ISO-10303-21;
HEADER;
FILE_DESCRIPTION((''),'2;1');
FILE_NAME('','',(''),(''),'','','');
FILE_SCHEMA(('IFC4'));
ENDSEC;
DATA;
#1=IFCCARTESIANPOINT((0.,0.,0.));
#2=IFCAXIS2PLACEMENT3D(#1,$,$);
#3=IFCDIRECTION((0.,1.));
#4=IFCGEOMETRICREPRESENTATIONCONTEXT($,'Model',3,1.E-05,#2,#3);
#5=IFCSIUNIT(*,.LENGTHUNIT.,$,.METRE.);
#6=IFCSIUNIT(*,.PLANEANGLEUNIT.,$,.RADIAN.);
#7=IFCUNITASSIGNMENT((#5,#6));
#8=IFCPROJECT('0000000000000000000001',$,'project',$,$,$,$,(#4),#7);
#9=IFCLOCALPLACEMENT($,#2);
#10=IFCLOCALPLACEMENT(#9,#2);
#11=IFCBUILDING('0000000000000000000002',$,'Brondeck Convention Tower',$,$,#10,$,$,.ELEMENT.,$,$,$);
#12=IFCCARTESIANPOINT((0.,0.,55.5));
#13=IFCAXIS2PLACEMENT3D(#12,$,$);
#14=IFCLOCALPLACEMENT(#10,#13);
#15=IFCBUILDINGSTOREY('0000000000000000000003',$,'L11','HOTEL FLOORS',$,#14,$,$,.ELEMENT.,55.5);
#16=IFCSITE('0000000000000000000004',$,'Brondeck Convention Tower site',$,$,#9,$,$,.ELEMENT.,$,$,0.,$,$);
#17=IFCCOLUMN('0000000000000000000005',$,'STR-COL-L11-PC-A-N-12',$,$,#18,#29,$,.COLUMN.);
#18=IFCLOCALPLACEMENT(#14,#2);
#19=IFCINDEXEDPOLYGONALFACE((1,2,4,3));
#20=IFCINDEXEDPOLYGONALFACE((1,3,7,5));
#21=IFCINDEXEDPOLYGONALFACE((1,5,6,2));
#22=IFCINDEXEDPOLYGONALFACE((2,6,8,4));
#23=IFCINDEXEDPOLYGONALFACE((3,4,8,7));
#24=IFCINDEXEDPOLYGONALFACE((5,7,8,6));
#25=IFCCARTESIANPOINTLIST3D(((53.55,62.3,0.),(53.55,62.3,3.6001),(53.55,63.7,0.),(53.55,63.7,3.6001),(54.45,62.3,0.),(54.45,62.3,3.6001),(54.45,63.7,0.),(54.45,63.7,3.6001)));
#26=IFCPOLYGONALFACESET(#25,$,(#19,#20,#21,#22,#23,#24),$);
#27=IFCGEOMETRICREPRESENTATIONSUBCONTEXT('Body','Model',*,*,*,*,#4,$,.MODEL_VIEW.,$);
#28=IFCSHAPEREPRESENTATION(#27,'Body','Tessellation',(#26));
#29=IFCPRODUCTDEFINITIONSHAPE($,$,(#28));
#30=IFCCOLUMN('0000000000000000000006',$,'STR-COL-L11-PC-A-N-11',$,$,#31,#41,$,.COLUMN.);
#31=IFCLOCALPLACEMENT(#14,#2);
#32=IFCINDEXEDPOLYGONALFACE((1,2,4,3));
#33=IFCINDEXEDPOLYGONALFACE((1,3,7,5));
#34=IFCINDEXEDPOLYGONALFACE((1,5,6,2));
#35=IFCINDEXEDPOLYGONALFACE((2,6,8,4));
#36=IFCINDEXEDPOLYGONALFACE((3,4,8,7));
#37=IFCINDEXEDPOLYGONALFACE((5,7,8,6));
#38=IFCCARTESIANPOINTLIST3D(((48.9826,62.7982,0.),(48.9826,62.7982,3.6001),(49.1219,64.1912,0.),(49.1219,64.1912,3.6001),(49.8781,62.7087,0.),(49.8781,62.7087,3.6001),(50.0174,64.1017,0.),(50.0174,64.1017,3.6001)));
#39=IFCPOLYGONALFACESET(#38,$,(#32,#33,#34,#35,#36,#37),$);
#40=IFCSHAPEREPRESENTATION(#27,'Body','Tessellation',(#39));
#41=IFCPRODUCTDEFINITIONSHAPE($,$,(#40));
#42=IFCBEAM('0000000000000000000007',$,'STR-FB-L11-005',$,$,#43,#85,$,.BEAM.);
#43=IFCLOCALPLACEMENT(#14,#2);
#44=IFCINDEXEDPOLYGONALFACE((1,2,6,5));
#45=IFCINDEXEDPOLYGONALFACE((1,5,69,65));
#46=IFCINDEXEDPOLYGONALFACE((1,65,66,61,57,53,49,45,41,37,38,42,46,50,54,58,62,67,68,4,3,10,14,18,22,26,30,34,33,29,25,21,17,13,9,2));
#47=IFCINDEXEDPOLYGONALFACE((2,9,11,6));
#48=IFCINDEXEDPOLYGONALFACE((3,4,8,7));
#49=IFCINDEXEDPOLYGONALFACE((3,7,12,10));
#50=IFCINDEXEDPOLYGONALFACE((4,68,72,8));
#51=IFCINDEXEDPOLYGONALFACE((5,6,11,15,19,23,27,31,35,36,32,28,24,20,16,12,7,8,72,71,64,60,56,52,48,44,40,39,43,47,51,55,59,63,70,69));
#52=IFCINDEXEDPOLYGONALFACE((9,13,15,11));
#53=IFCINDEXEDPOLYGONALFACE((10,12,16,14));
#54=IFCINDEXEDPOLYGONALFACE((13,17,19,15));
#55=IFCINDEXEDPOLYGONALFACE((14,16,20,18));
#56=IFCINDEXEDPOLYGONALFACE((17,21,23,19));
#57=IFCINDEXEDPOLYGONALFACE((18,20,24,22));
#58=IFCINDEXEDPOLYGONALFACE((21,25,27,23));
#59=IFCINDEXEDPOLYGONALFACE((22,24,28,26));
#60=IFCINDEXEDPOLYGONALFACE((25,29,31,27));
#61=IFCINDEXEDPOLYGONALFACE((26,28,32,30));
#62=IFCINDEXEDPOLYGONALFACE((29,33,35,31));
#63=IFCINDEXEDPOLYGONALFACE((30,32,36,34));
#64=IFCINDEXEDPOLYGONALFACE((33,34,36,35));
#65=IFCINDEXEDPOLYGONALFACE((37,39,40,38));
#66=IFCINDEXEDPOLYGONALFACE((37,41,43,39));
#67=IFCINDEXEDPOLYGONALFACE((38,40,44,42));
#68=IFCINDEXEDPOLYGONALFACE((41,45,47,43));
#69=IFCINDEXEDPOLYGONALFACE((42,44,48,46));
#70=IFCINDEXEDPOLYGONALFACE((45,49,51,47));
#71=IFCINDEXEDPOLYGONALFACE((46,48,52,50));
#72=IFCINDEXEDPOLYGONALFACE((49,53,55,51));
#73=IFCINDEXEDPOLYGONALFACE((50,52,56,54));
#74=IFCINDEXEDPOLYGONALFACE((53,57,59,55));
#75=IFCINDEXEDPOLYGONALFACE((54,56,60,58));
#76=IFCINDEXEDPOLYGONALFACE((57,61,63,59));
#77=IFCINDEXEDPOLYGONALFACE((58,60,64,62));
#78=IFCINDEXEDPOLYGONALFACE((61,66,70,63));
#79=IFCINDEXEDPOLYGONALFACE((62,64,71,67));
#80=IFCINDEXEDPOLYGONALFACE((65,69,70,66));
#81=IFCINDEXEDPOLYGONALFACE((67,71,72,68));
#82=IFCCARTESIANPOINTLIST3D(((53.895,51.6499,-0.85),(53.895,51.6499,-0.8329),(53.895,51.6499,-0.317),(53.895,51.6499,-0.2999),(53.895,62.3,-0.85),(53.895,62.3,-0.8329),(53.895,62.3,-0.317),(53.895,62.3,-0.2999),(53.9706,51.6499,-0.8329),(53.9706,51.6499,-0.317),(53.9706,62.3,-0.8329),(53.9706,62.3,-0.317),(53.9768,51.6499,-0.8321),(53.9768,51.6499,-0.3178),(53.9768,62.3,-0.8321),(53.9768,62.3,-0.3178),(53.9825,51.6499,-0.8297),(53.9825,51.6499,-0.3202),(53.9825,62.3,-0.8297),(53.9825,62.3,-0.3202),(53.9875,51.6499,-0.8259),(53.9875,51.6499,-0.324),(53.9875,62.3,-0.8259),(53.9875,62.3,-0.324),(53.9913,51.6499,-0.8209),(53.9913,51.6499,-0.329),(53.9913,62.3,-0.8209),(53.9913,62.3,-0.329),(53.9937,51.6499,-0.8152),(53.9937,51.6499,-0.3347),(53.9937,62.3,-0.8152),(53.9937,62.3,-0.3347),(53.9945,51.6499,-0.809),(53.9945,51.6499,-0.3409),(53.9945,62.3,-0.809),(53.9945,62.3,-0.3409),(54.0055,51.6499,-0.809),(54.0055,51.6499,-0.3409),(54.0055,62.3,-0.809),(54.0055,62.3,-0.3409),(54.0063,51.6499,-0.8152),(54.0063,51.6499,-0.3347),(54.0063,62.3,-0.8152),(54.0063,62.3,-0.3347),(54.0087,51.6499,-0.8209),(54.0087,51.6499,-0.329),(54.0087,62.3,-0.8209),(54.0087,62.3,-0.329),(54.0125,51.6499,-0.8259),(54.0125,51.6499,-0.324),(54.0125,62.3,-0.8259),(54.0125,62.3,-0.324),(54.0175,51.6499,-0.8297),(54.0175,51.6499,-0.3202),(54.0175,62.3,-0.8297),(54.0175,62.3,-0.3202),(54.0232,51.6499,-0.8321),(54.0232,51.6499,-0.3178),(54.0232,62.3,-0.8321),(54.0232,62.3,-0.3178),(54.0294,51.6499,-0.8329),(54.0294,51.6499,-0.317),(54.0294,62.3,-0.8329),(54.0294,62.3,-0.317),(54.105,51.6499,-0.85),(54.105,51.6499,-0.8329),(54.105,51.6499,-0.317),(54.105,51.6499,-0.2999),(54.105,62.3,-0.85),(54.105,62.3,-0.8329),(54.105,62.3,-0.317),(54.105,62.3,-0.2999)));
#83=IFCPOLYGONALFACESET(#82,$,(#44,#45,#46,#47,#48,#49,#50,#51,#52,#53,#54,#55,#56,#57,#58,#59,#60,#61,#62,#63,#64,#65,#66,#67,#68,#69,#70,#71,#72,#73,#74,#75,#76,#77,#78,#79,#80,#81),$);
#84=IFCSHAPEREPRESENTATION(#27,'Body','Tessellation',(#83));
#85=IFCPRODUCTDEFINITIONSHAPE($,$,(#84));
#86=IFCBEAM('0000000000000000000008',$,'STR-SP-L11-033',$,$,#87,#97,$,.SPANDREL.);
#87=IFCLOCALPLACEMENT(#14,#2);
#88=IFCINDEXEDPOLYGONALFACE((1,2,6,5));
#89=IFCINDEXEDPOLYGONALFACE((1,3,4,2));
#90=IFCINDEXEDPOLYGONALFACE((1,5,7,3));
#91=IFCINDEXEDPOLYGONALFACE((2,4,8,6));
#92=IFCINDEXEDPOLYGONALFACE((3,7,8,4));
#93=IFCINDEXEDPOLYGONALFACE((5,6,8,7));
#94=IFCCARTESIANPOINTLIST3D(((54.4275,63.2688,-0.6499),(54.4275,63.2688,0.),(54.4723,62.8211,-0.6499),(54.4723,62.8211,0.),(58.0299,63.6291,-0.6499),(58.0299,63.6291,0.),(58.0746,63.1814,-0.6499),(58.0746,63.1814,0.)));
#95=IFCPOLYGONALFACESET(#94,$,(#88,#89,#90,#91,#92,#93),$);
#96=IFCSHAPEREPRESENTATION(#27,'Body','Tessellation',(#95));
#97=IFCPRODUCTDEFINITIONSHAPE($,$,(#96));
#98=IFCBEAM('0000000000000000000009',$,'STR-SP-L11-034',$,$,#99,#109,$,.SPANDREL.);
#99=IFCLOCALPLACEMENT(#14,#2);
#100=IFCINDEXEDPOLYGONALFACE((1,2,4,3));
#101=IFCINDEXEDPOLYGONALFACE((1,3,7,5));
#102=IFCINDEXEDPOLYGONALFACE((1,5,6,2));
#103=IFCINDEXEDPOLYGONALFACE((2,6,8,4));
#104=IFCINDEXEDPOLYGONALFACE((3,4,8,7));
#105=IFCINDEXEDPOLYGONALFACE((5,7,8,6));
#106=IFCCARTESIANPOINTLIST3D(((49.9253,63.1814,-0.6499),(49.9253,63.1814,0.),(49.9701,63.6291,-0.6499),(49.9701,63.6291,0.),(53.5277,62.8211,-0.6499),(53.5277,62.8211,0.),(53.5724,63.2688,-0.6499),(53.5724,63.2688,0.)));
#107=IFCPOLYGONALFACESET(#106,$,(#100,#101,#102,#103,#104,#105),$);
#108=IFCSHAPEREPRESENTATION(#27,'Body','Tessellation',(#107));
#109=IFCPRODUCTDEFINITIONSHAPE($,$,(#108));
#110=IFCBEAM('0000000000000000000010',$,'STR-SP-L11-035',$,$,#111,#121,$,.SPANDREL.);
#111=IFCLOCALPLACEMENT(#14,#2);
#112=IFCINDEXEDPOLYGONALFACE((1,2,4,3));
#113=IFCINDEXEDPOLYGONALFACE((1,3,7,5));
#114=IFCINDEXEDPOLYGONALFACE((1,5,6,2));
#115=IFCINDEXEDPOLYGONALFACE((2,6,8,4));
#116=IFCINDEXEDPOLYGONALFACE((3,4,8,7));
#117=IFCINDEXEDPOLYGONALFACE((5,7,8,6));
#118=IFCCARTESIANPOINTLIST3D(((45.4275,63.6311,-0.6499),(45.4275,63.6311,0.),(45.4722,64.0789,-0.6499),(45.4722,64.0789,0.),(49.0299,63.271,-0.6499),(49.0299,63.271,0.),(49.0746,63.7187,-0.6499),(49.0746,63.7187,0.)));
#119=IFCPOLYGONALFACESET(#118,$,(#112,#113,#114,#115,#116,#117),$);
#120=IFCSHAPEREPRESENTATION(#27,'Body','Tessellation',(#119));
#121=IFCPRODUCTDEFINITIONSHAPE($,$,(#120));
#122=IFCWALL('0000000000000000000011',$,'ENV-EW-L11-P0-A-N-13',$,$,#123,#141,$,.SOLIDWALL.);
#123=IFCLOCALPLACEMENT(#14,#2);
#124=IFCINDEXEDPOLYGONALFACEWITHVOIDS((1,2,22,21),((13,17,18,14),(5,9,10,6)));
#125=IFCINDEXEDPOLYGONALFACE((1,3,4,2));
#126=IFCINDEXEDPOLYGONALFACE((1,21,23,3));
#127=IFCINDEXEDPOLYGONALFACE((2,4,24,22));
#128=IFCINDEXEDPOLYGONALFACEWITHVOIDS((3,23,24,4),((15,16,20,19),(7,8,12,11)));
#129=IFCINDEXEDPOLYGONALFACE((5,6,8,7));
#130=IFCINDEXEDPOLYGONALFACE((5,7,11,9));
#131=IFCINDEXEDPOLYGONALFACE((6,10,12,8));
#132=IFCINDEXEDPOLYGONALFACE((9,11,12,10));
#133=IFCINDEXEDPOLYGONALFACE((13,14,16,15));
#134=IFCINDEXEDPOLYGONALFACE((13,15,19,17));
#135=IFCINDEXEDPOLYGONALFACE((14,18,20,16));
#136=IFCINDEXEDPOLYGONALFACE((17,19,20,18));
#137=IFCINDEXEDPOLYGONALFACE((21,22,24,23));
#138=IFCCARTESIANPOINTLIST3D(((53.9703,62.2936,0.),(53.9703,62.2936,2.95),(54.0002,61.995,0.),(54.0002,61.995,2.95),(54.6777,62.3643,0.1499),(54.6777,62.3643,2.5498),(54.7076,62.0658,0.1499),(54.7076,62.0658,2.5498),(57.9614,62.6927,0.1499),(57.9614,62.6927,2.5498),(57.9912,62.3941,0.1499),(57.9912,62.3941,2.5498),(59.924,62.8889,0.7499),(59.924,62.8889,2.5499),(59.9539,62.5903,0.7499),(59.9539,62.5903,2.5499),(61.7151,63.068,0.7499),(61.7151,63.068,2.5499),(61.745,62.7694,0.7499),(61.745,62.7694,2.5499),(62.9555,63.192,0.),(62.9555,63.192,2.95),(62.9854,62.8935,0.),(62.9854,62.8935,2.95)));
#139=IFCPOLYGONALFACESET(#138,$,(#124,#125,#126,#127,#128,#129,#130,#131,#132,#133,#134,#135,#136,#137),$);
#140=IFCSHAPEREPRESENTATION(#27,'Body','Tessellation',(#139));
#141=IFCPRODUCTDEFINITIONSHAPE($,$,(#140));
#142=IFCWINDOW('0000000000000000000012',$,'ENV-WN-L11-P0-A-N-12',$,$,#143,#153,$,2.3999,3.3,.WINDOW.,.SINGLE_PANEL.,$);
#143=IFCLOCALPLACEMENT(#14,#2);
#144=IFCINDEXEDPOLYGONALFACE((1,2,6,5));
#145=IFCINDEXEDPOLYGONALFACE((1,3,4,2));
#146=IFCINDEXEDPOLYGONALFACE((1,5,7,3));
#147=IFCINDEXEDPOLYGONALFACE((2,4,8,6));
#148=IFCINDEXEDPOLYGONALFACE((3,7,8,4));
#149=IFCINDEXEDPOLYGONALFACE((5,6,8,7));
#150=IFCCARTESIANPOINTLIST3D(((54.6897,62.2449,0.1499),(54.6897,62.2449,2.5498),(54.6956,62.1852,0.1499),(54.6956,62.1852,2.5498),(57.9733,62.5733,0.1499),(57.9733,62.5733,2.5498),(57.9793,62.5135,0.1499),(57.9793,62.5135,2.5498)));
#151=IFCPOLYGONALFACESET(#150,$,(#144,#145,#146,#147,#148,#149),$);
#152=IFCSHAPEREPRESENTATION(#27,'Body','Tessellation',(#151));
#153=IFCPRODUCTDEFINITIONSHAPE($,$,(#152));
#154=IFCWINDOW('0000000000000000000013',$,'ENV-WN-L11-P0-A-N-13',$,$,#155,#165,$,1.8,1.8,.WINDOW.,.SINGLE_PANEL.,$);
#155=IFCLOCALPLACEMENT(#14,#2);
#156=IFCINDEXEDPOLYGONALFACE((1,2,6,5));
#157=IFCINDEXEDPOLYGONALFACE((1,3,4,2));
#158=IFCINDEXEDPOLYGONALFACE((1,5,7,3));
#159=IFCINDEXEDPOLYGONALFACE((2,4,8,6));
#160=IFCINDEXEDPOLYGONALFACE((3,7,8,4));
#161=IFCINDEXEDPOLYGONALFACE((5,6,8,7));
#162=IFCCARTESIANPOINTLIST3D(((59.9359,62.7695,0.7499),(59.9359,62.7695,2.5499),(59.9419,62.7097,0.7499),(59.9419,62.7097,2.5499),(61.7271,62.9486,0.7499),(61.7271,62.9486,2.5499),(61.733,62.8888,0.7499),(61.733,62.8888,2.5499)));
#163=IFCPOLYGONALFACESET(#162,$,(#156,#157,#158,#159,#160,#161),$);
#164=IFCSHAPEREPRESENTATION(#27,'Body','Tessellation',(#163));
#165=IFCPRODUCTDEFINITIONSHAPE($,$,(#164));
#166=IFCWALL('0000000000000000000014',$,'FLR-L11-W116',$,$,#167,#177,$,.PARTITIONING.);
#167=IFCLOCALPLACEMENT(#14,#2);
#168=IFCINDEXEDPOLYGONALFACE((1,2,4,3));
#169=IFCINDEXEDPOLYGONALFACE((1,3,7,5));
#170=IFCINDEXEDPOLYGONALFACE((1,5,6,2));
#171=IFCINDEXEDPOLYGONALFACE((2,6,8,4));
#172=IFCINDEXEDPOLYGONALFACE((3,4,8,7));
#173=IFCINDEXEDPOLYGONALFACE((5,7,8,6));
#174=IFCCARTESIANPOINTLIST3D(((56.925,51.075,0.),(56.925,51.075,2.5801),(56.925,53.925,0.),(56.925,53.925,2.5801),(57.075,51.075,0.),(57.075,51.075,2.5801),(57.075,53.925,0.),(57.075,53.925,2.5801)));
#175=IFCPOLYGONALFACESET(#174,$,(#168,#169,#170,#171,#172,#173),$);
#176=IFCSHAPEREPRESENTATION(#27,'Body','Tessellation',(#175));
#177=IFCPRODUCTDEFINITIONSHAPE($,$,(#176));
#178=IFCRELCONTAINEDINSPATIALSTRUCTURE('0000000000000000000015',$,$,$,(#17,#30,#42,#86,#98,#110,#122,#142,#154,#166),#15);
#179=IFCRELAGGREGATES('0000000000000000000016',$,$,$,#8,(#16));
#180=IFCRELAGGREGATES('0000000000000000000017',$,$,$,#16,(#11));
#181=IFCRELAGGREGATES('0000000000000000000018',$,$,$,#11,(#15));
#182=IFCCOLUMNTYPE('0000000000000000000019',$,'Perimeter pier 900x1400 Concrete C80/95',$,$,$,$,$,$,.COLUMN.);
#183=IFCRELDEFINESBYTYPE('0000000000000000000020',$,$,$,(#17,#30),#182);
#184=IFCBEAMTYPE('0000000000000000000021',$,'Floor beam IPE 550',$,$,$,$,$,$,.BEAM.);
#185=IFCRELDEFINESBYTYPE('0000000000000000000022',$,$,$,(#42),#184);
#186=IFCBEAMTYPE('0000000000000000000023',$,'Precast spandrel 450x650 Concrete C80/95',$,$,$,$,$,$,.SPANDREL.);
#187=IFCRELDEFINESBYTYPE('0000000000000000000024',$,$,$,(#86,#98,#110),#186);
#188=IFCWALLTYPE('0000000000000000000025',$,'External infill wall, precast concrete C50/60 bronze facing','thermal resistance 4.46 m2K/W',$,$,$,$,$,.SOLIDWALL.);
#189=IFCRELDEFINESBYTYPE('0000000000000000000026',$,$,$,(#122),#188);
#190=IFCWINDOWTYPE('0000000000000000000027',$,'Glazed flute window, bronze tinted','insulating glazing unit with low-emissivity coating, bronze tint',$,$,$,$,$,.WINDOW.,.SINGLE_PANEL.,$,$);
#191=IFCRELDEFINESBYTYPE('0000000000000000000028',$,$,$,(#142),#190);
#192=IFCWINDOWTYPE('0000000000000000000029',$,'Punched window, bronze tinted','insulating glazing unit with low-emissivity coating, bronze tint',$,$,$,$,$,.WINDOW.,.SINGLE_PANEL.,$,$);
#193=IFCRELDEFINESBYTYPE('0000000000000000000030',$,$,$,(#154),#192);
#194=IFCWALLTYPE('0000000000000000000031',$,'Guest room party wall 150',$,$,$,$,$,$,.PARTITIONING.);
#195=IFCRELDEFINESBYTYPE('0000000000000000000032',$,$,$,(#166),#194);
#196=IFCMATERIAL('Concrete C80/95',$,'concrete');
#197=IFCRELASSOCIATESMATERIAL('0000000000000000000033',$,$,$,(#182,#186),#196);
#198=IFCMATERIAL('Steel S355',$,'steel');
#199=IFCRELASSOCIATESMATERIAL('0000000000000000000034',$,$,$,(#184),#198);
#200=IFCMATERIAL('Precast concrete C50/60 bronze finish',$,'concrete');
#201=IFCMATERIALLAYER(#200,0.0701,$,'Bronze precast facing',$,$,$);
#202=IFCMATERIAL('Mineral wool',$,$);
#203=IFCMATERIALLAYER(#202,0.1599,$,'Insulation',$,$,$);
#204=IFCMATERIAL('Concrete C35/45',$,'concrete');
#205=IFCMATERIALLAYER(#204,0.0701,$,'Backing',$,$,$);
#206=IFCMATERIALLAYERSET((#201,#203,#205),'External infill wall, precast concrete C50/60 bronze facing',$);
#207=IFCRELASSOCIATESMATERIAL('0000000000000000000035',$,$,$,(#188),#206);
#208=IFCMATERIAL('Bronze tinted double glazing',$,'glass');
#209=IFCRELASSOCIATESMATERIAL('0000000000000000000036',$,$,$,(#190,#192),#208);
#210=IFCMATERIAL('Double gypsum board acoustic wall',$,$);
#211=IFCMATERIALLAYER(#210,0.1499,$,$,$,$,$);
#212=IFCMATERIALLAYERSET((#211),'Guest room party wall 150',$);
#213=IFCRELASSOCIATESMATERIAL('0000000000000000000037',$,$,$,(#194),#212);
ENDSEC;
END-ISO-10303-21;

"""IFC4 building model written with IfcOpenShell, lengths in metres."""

from ifc_helpers import new_model, si_unit, direction, frame, frame_2d, origin, origin_2d, place, context, subcontext, project, spatial, rectangle, i_section, extrude, material, layer, layer_set, material_profile, profile_set, type_object, element, fill, save


model = new_model("IFC4")

# Units and contexts
model_context = context("Model", 3, precision=1e-05, world=origin(), true_north=direction((0.0, 1.0)))
body_context = subcontext(model_context, "Body", "Model", "MODEL_VIEW")
ifc_project = project(units=[si_unit("LENGTHUNIT", "METRE"), si_unit("PLANEANGLEUNIT", "RADIAN")], contexts=[model_context])

# Site, building, storey
site_placement = place(None, origin())
site = spatial("IfcSite", under=ifc_project, at=site_placement, Name="Brondeck Convention Tower site", CompositionType="ELEMENT", RefElevation=0.0)
building_placement = place(site_placement, origin())
building = spatial("IfcBuilding", under=site, at=building_placement, Name="Brondeck Convention Tower", CompositionType="ELEMENT")
storey_placement = place(building_placement, frame((0.0, 0.0, 55.5)))
storey = spatial("IfcBuildingStorey", under=building, at=storey_placement, Name="L11", Description="HOTEL FLOORS", CompositionType="ELEMENT", Elevation=55.5)

# Columns
ifc_material_1 = material(Name="Concrete C80/95", Category="concrete")
ifc_material_profile_1 = material_profile(ifc_material_1, rectangle(XDim=0.8999, YDim=1.3999, at=origin_2d()), Name="Perimeter pier 900x1400 Concrete C80/95")
ifc_profile_set_1 = profile_set([ifc_material_profile_1], Name="Concrete C80/95")
column_type = type_object("IfcColumnType", Name="Perimeter pier 900x1400 Concrete C80/95", PredefinedType="COLUMN", material=ifc_profile_set_1)
for number, where, z_axis, x_axis, name in (
    (1, (54.0, 63.0, 0.0), (0.0, 0.0, 1.0), (-1.0, 0.0, 0.0), "STR-COL-L11-PC-A-N-12"),
    (2, (49.5, 63.45, 0.0), (0.0, 0.0, 1.0), (-0.995037, 0.099504, 0.0), "STR-COL-L11-PC-A-N-11"),
):
    element("IfcColumn", number, at=place(storey_placement, frame(where, z_axis=z_axis, x_axis=x_axis)), inside=storey, type_object=column_type, Name=name, PredefinedType="COLUMN", context=body_context, shape_type="SweptSolid", body=[
        extrude(rectangle(XDim=0.8999, YDim=1.3999, at=origin_2d()), origin(), (0.0, 0.0, 1.0), 3.6001),
    ])

# Beams
ifc_material_2 = material(Name="Steel S355", Category="steel")
ifc_material_profile_2 = material_profile(ifc_material_2, i_section(OverallWidth=0.21, OverallDepth=0.55, WebThickness=0.011, FlangeThickness=0.0171, FilletRadius=0.0239, at=origin_2d()), Name="IPE 550")
ifc_profile_set_2 = profile_set([ifc_material_profile_2], Name="Steel S355")
beam_type_1 = type_object("IfcBeamType", Name="Floor beam IPE 550", PredefinedType="BEAM", material=ifc_profile_set_2)
beam_placement = place(storey_placement, frame((54.0, 51.6499, -0.575), z_axis=(0.0, 1.0, 0.0), x_axis=(-1.0, 0.0, 0.0)))
element("IfcBeam", 3, at=beam_placement, inside=storey, type_object=beam_type_1, Name="STR-FB-L11-005", PredefinedType="BEAM", context=body_context, shape_type="SweptSolid", body=[
    extrude(i_section(OverallWidth=0.21, OverallDepth=0.55, WebThickness=0.011, FlangeThickness=0.0171, FilletRadius=0.0239, at=origin_2d()), origin(), (0.0, 0.0, 1.0), 10.6501),
])
ifc_material_profile_3 = material_profile(ifc_material_1, rectangle(XDim=0.45, YDim=0.6499, at=origin_2d()), Name="Precast spandrel 450x650 Concrete C80/95")
ifc_profile_set_3 = profile_set([ifc_material_profile_3], Name="Concrete C80/95")
beam_type_2 = type_object("IfcBeamType", Name="Precast spandrel 450x650 Concrete C80/95", PredefinedType="SPANDREL", material=ifc_profile_set_3)
for number, where, z_axis, x_axis, name in (
    (4, (58.0522, 63.4053, -0.325), (-0.995034, -0.099537, 0.0), (0.099537, -0.995034, 0.0), "STR-SP-L11-033"),
    (5, (53.55, 63.0449, -0.325), (-0.995034, 0.099537, 0.0), (-0.099537, -0.995034, 0.0), "STR-SP-L11-034"),
    (6, (49.0522, 63.4949, -0.325), (-0.995041, 0.09947, 0.0), (-0.09947, -0.995041, 0.0), "STR-SP-L11-035"),
):
    element("IfcBeam", number, at=place(storey_placement, frame(where, z_axis=z_axis, x_axis=x_axis)), inside=storey, type_object=beam_type_2, Name=name, PredefinedType="SPANDREL", context=body_context, shape_type="SweptSolid", body=[
        extrude(rectangle(XDim=0.45, YDim=0.6499, at=origin_2d()), origin(), (0.0, 0.0, 1.0), 3.6204),
    ])

# Wall, openings, windows
ifc_material_3 = material(Name="Precast concrete C50/60 bronze finish", Category="concrete")
ifc_layer_1 = layer(ifc_material_3, 0.0701, Name="Bronze precast facing")
ifc_material_4 = material(Name="Mineral wool")
ifc_layer_2 = layer(ifc_material_4, 0.1599, Name="Insulation")
ifc_material_5 = material(Name="Concrete C35/45", Category="concrete")
ifc_layer_3 = layer(ifc_material_5, 0.0701, Name="Backing")
ifc_layer_set_1 = layer_set([ifc_layer_1, ifc_layer_2, ifc_layer_3], Name="External infill wall, precast concrete C50/60 bronze facing")
wall_type_1 = type_object("IfcWallType", Name="External infill wall, precast concrete C50/60 bronze facing", Description="thermal resistance 4.46 m2K/W", PredefinedType="SOLIDWALL", material=ifc_layer_set_1)
wall_1_placement = place(storey_placement, frame((53.9851, 62.1443, 0.0), z_axis=(0.0, 0.0, 1.0), x_axis=(0.995038, 0.099496, 0.0)))
wall_1 = element("IfcWall", 7, at=wall_1_placement, inside=storey, type_object=wall_type_1, Name="ENV-EW-L11-P0-A-N-13", PredefinedType="SOLIDWALL", context=body_context, shape_type="SweptSolid", body=[
    extrude(rectangle(XDim=9.03, YDim=0.3, at=frame_2d((4.5151, 0.0))), origin(), (0.0, 0.0, 1.0), 2.95),
])
opening_1_placement = place(wall_1_placement, frame((0.7112, 0.0, 0.1499)))
opening_1 = element("IfcOpeningElement", 8, at=opening_1_placement, cuts=wall_1, PredefinedType="OPENING", context=body_context, shape_type="SweptSolid", body=[
    extrude(rectangle(XDim=3.3, YDim=2.3999, at=frame_2d((1.6499, 1.2))), frame((0.0, 0.1599, 0.0), z_axis=(0.0, -1.0, 0.0), x_axis=(1.0, 0.0, 0.0)), (0.0, 0.0, 1.0), 0.3201),
])
opening_2_placement = place(wall_1_placement, frame((5.9836, 0.0, 0.75)))
opening_2 = element("IfcOpeningElement", 9, at=opening_2_placement, cuts=wall_1, PredefinedType="OPENING", context=body_context, shape_type="SweptSolid", body=[
    extrude(rectangle(XDim=1.8, YDim=1.8, at=frame_2d((0.8999, 0.8999))), frame((0.0, 0.1599, 0.0), z_axis=(0.0, -1.0, 0.0), x_axis=(1.0, 0.0, 0.0)), (0.0, 0.0, 1.0), 0.3201),
])
ifc_material_6 = material(Name="Bronze tinted double glazing", Category="glass")
window_type_1 = type_object("IfcWindowType", Name="Glazed flute window, bronze tinted", Description="insulating glazing unit with low-emissivity coating, bronze tint", PartitioningType="SINGLE_PANEL", PredefinedType="WINDOW", material=ifc_material_6)
window_1_placement = place(opening_1_placement, origin())
window_1 = element("IfcWindow", 10, at=window_1_placement, inside=storey, type_object=window_type_1, Name="ENV-WN-L11-P0-A-N-12", OverallHeight=2.3999, OverallWidth=3.3, PartitioningType="SINGLE_PANEL", PredefinedType="WINDOW", context=body_context, shape_type="SweptSolid", body=[
    extrude(rectangle(XDim=3.3, YDim=2.3999, at=frame_2d((1.6499, 1.2))), frame((0.0, 0.03, 0.0), z_axis=(0.0, -1.0, 0.0), x_axis=(1.0, 0.0, 0.0)), (0.0, 0.0, 1.0), 0.0601),
])
fill(opening_1, window_1)
window_type_2 = type_object("IfcWindowType", Name="Punched window, bronze tinted", Description="insulating glazing unit with low-emissivity coating, bronze tint", PartitioningType="SINGLE_PANEL", PredefinedType="WINDOW", material=ifc_material_6)
window_2_placement = place(opening_2_placement, origin())
window_2 = element("IfcWindow", 11, at=window_2_placement, inside=storey, type_object=window_type_2, Name="ENV-WN-L11-P0-A-N-13", OverallHeight=1.8, OverallWidth=1.8, PartitioningType="SINGLE_PANEL", PredefinedType="WINDOW", context=body_context, shape_type="SweptSolid", body=[
    extrude(rectangle(XDim=1.8, YDim=1.8, at=frame_2d((0.8999, 0.8999))), frame((0.0, 0.03, 0.0), z_axis=(0.0, -1.0, 0.0), x_axis=(1.0, 0.0, 0.0)), (0.0, 0.0, 1.0), 0.0601),
])
fill(opening_2, window_2)

# Wall
ifc_material_7 = material(Name="Double gypsum board acoustic wall")
ifc_layer_4 = layer(ifc_material_7, 0.1499)
ifc_layer_set_2 = layer_set([ifc_layer_4], Name="Guest room party wall 150")
wall_type_2 = type_object("IfcWallType", Name="Guest room party wall 150", PredefinedType="PARTITIONING", material=ifc_layer_set_2)
wall_2_placement = place(storey_placement, frame((57.0, 51.075, 0.0), z_axis=(0.0, 0.0, 1.0), x_axis=(0.0, 1.0, 0.0)))
element("IfcWall", 12, at=wall_2_placement, inside=storey, type_object=wall_type_2, Name="FLR-L11-W116", PredefinedType="PARTITIONING", context=body_context, shape_type="SweptSolid", body=[
    extrude(rectangle(XDim=2.8501, YDim=0.1499, at=frame_2d((1.425, 0.0))), origin(), (0.0, 0.0, 1.0), 2.5801),
])

save(model, "model.ifc")
